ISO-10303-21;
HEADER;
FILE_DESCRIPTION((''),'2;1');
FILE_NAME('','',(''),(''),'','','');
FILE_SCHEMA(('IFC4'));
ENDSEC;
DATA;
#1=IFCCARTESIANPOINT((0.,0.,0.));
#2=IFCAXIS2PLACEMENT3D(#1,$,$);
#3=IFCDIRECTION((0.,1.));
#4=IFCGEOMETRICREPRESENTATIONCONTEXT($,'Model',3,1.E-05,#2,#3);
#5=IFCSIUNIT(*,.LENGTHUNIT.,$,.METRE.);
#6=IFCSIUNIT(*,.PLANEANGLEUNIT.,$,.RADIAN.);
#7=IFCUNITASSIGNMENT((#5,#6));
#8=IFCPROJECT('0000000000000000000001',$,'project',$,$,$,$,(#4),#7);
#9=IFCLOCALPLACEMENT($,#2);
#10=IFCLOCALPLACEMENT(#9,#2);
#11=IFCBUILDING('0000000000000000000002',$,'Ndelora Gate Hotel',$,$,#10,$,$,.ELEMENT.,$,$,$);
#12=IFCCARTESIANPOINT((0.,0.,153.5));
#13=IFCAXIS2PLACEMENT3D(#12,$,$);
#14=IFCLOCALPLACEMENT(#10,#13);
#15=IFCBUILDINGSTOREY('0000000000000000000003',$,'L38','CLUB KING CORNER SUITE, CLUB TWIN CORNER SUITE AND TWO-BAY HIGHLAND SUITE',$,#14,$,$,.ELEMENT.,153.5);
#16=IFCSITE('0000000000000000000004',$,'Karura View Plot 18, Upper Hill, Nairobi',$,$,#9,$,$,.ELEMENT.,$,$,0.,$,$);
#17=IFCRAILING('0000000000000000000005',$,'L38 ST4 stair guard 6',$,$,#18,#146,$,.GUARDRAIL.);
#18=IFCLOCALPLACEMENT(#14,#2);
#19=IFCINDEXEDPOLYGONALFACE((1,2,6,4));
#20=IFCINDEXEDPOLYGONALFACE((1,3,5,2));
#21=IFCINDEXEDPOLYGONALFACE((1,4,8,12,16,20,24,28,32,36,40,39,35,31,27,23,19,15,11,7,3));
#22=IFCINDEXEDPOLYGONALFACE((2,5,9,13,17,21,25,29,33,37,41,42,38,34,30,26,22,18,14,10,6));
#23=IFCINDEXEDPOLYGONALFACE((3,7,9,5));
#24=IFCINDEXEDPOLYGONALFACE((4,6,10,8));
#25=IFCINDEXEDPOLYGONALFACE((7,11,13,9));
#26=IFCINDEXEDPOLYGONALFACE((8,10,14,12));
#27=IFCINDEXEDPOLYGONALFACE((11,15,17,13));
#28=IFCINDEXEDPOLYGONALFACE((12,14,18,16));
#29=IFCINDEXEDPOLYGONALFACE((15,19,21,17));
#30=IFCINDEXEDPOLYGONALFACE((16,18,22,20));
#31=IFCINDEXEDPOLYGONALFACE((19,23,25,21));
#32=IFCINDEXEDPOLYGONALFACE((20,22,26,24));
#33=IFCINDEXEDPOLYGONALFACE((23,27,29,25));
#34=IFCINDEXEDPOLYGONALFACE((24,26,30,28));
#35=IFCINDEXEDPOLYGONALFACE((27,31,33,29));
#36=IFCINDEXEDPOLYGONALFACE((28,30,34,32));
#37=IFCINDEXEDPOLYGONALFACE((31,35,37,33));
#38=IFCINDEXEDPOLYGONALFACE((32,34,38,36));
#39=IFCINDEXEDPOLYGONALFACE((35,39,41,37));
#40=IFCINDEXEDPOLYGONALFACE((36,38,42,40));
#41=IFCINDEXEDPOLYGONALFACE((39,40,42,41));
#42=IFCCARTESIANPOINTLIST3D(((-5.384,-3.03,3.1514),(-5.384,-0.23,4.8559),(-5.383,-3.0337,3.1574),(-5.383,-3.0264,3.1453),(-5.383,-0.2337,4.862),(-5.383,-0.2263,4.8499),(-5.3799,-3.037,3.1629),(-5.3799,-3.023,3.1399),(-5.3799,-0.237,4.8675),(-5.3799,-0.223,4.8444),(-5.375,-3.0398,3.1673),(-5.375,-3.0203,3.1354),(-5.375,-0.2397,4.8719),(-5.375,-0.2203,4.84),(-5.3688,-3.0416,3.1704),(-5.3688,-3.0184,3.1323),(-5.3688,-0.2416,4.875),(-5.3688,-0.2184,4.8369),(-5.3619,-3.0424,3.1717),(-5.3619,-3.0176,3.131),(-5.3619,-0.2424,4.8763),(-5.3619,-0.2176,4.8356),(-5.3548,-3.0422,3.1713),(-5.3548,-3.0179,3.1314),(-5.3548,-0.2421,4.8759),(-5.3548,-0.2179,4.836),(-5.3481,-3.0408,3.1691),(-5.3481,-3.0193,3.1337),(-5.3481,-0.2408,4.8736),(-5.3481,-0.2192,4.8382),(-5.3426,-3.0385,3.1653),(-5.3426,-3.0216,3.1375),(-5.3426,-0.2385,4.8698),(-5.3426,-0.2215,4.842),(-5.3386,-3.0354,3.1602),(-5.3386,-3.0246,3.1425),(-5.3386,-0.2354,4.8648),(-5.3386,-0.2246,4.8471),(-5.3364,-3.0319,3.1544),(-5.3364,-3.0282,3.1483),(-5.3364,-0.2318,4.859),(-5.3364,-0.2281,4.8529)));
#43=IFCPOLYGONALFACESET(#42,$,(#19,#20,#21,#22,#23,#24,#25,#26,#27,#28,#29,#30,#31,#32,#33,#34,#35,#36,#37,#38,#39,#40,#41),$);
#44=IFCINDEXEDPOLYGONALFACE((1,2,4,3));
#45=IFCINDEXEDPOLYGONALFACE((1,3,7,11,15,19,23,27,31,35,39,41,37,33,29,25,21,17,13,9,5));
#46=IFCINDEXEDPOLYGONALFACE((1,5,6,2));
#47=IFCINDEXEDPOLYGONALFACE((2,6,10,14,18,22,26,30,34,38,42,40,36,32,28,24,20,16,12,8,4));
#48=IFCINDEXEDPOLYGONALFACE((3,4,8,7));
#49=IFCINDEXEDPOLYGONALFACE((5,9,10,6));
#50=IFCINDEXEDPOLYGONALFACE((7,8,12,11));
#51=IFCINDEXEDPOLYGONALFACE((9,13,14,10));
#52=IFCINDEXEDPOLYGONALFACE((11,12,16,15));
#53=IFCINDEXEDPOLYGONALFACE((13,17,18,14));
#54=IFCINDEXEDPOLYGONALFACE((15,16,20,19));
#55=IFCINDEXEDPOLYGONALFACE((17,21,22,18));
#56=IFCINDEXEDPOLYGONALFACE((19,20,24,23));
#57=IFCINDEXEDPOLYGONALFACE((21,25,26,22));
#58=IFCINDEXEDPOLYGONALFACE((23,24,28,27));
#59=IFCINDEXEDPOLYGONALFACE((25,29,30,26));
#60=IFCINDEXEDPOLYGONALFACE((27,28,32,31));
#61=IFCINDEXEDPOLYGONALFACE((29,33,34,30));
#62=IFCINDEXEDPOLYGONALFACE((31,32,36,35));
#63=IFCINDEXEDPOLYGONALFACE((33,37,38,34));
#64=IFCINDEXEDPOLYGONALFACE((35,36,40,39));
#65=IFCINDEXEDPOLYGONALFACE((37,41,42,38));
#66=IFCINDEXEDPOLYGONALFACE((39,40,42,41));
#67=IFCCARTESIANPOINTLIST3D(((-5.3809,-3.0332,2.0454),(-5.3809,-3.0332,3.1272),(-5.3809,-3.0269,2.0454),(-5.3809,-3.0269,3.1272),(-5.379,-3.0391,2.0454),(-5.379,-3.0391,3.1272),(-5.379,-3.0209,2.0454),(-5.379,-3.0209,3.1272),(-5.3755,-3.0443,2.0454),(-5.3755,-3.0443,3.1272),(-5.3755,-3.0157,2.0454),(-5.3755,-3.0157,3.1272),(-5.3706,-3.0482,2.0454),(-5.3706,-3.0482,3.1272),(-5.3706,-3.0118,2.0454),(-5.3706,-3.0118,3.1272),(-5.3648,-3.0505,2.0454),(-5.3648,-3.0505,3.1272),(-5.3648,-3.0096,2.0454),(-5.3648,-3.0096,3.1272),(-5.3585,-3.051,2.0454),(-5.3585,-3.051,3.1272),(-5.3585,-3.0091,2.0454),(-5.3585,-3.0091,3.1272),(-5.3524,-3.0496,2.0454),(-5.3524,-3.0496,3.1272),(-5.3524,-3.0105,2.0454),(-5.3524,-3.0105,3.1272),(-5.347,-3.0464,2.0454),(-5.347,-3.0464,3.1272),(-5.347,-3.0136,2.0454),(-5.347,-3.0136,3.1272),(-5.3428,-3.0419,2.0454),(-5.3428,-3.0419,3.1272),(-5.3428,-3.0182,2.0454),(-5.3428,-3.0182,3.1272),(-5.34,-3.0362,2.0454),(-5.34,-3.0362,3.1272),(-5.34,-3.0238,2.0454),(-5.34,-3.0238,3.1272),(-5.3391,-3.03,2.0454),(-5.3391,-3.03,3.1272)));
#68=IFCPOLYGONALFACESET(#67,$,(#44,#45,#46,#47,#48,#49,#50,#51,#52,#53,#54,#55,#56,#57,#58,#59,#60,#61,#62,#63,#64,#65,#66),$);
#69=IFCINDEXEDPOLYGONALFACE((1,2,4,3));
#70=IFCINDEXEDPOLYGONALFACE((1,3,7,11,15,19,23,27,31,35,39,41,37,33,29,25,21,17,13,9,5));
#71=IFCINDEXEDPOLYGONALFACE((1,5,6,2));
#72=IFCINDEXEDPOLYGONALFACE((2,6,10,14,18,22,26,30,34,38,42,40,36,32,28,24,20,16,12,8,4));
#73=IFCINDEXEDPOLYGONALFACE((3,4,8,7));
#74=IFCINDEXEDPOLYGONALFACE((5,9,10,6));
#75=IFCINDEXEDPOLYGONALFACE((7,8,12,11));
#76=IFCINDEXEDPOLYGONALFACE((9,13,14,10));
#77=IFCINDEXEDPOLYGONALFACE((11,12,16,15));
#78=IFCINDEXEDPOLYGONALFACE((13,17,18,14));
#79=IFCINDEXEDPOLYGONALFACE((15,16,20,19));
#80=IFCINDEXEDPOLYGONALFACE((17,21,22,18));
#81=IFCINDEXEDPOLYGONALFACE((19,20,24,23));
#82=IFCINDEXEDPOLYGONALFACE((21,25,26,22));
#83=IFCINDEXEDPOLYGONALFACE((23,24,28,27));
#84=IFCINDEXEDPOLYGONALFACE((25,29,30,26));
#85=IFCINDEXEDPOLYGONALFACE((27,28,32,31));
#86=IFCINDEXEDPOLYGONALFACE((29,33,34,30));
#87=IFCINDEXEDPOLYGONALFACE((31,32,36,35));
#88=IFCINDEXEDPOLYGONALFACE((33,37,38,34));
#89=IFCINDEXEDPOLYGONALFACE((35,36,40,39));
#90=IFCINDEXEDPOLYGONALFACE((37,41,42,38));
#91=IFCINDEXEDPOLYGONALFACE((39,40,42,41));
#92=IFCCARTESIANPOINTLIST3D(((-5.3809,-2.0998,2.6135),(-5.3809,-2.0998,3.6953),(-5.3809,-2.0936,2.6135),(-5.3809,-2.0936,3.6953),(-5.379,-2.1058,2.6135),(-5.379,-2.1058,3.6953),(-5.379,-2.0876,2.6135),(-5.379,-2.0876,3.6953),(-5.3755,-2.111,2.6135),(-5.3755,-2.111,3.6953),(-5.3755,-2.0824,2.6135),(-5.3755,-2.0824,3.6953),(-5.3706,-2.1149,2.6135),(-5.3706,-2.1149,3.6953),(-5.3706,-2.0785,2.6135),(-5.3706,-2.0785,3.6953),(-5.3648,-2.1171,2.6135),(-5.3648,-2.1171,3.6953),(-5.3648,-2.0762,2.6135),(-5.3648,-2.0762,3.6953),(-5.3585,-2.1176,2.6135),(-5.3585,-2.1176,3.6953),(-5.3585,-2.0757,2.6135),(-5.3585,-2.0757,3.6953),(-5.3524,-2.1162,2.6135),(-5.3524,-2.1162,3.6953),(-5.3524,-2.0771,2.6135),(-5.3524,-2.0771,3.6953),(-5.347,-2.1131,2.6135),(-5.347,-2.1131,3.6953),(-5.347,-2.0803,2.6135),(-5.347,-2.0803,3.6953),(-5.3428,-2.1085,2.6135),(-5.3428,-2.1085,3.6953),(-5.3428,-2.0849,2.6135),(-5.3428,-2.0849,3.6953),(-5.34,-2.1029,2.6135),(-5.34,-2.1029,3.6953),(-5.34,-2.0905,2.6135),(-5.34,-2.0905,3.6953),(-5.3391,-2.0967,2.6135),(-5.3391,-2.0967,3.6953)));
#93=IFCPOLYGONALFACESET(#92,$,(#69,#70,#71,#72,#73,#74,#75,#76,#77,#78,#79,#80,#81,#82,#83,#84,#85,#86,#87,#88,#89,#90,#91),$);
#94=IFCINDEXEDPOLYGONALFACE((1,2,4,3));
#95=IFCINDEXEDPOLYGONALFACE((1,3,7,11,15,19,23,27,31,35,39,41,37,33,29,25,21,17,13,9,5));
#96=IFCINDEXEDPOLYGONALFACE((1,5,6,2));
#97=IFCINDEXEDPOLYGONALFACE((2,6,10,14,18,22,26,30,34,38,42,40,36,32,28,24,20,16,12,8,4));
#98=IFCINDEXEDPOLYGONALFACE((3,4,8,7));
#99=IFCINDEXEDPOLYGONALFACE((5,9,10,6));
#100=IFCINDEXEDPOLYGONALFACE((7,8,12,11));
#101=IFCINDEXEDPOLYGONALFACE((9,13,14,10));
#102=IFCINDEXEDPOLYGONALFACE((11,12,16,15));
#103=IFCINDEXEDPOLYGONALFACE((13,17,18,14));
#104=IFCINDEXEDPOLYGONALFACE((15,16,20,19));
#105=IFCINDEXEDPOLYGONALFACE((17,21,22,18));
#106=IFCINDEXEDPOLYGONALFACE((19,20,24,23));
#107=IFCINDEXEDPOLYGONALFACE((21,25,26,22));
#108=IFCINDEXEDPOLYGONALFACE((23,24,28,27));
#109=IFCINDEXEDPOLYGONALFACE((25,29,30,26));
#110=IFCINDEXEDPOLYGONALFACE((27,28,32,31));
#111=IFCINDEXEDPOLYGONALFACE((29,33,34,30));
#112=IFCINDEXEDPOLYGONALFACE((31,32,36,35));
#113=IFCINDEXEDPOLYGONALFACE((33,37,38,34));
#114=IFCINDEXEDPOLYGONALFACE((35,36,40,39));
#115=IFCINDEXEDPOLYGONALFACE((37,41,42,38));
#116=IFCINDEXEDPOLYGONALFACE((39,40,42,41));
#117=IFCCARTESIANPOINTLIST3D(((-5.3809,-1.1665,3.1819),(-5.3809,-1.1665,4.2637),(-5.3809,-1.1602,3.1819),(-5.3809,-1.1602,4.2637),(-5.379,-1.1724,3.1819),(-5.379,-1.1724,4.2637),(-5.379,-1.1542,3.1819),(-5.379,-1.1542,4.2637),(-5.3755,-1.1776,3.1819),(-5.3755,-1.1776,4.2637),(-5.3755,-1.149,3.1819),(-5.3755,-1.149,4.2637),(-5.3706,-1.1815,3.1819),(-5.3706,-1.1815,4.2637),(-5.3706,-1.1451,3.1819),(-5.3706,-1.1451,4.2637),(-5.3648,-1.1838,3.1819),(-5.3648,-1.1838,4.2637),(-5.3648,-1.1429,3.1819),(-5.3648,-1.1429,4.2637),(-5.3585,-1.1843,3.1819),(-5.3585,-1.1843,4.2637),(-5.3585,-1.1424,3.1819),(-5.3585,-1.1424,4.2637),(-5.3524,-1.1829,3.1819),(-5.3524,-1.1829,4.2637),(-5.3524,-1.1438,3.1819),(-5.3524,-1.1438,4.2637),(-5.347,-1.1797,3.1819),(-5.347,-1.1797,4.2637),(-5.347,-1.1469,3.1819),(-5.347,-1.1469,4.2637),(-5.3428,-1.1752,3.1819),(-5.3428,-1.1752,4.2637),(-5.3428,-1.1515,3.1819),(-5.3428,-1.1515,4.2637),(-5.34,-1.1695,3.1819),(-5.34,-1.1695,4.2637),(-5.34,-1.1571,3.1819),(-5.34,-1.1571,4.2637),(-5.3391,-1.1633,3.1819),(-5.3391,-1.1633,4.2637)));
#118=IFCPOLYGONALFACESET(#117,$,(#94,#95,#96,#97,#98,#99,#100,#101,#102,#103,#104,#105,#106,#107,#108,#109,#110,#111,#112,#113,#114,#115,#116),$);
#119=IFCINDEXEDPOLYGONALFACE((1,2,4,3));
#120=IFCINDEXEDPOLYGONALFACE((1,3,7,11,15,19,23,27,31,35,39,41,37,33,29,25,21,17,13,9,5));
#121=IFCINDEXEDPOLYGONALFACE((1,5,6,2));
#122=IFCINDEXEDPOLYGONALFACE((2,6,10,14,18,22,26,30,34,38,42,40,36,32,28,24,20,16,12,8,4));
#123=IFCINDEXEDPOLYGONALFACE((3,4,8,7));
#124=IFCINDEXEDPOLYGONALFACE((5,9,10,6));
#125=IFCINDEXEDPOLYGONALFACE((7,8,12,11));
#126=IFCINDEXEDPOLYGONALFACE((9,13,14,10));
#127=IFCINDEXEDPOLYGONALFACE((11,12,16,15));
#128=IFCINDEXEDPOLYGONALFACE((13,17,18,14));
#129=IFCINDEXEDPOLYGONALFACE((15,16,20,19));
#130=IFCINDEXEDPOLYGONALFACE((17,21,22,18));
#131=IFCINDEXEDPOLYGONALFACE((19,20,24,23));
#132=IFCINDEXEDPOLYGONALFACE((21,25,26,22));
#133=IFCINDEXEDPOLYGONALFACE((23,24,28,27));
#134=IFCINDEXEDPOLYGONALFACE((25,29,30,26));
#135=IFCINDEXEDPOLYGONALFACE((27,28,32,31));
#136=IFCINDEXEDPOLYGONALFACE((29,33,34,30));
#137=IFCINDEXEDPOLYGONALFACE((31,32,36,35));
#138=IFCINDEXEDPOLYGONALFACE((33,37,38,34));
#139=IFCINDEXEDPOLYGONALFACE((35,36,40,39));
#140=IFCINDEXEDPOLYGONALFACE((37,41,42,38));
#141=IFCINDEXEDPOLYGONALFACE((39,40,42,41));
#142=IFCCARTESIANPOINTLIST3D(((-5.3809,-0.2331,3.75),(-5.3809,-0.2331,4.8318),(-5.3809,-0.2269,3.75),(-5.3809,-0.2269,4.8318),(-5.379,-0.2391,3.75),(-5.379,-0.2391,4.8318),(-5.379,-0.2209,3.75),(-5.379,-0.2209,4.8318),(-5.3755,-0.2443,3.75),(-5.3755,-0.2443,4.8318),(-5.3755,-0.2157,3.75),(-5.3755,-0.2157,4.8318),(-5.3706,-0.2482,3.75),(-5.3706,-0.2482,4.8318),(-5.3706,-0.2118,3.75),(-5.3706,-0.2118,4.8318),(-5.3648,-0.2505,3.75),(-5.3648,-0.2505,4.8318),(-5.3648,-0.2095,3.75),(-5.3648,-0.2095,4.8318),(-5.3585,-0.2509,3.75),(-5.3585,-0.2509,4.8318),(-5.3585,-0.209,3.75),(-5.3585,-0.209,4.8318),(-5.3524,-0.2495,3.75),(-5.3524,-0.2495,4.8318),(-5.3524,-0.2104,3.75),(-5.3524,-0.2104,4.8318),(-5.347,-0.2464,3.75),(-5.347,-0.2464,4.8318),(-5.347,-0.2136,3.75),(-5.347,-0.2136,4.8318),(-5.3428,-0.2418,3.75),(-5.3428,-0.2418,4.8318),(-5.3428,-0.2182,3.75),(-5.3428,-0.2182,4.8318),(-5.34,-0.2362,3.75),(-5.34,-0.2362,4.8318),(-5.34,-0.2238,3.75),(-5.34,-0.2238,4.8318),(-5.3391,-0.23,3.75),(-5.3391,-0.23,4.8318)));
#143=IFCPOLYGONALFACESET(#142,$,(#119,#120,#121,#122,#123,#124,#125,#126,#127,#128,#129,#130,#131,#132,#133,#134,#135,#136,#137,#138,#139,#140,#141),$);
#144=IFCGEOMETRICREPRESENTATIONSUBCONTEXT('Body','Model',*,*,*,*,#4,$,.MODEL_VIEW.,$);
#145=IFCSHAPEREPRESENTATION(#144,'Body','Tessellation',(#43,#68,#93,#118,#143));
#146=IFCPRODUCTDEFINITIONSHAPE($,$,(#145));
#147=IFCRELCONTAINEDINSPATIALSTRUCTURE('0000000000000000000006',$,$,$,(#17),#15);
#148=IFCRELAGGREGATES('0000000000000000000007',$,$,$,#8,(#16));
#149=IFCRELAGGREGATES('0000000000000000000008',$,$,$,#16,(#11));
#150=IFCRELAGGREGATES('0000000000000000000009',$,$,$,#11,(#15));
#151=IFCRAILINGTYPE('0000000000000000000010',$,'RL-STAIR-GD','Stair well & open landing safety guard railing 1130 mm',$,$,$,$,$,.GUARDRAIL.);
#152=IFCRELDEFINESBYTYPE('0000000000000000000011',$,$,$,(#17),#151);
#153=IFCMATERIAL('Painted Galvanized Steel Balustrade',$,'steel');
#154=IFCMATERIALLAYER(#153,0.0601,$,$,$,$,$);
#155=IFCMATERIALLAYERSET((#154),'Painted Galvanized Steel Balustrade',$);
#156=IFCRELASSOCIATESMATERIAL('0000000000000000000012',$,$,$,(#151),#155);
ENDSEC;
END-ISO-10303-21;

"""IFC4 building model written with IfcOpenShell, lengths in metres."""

from ifc_helpers import new_model, si_unit, direction, frame, origin, origin_2d, place, context, subcontext, project, spatial, circle, extrude, material, layer, layer_set, type_object, element, save


model = new_model("IFC4")

# Units and contexts
model_context = context("Model", 3, precision=1e-05, world=origin(), true_north=direction((0.0, 1.0)))
body_context = subcontext(model_context, "Body", "Model", "MODEL_VIEW")
ifc_project = project(units=[si_unit("LENGTHUNIT", "METRE"), si_unit("PLANEANGLEUNIT", "RADIAN")], contexts=[model_context])

# Site, building, storey
site_placement = place(None, origin())
site = spatial("IfcSite", under=ifc_project, at=site_placement, Name="Karura View Plot 18, Upper Hill, Nairobi", CompositionType="ELEMENT", RefElevation=0.0)
building_placement = place(site_placement, origin())
building = spatial("IfcBuilding", under=site, at=building_placement, Name="Ndelora Gate Hotel", CompositionType="ELEMENT")
storey_placement = place(building_placement, frame((0.0, 0.0, 153.5)))
storey = spatial("IfcBuildingStorey", under=building, at=storey_placement, Name="L38", Description="CLUB KING CORNER SUITE, CLUB TWIN CORNER SUITE AND TWO-BAY HIGHLAND SUITE", CompositionType="ELEMENT", Elevation=153.5)

# Railing
ifc_material_1 = material(Name="Painted Galvanized Steel Balustrade", Category="steel")
ifc_layer_1 = layer(ifc_material_1, 0.0601)
ifc_layer_set_1 = layer_set([ifc_layer_1], Name="Painted Galvanized Steel Balustrade")
railing_type_1 = type_object("IfcRailingType", Name="RL-STAIR-GD", Description="Stair well & open landing safety guard railing 1130 mm", PredefinedType="GUARDRAIL", material=ifc_layer_set_1)
railing_1_placement = place(storey_placement, frame((-5.3601, -3.03, 2.0454)))
element("IfcRailing", 1, at=railing_1_placement, inside=storey, type_object=railing_type_1, Name="L38 ST4 stair guard 6", PredefinedType="GUARDRAIL", context=body_context, shape_type="SweptSolid", body=[
    extrude(circle(Radius=0.0239, at=origin_2d()), frame((0.0, 0.0, 1.106), z_axis=(0.0, 0.85417, 0.519994), x_axis=(-1.0, 0.0, 0.0)), (0.0, 0.0, 1.0), 3.2781),
    extrude(circle(Radius=0.021, at=origin_2d()), origin(), (0.0, 0.0, 1.0), 1.0818),
    extrude(circle(Radius=0.021, at=origin_2d()), frame((0.0, 0.9333, 0.5681)), (0.0, 0.0, 1.0), 1.0818),
    extrude(circle(Radius=0.021, at=origin_2d()), frame((0.0, 1.8667, 1.1365)), (0.0, 0.0, 1.0), 1.0818),
    extrude(circle(Radius=0.021, at=origin_2d()), frame((0.0, 2.8, 1.7046)), (0.0, 0.0, 1.0), 1.0818),
])

save(model, "model.ifc")
